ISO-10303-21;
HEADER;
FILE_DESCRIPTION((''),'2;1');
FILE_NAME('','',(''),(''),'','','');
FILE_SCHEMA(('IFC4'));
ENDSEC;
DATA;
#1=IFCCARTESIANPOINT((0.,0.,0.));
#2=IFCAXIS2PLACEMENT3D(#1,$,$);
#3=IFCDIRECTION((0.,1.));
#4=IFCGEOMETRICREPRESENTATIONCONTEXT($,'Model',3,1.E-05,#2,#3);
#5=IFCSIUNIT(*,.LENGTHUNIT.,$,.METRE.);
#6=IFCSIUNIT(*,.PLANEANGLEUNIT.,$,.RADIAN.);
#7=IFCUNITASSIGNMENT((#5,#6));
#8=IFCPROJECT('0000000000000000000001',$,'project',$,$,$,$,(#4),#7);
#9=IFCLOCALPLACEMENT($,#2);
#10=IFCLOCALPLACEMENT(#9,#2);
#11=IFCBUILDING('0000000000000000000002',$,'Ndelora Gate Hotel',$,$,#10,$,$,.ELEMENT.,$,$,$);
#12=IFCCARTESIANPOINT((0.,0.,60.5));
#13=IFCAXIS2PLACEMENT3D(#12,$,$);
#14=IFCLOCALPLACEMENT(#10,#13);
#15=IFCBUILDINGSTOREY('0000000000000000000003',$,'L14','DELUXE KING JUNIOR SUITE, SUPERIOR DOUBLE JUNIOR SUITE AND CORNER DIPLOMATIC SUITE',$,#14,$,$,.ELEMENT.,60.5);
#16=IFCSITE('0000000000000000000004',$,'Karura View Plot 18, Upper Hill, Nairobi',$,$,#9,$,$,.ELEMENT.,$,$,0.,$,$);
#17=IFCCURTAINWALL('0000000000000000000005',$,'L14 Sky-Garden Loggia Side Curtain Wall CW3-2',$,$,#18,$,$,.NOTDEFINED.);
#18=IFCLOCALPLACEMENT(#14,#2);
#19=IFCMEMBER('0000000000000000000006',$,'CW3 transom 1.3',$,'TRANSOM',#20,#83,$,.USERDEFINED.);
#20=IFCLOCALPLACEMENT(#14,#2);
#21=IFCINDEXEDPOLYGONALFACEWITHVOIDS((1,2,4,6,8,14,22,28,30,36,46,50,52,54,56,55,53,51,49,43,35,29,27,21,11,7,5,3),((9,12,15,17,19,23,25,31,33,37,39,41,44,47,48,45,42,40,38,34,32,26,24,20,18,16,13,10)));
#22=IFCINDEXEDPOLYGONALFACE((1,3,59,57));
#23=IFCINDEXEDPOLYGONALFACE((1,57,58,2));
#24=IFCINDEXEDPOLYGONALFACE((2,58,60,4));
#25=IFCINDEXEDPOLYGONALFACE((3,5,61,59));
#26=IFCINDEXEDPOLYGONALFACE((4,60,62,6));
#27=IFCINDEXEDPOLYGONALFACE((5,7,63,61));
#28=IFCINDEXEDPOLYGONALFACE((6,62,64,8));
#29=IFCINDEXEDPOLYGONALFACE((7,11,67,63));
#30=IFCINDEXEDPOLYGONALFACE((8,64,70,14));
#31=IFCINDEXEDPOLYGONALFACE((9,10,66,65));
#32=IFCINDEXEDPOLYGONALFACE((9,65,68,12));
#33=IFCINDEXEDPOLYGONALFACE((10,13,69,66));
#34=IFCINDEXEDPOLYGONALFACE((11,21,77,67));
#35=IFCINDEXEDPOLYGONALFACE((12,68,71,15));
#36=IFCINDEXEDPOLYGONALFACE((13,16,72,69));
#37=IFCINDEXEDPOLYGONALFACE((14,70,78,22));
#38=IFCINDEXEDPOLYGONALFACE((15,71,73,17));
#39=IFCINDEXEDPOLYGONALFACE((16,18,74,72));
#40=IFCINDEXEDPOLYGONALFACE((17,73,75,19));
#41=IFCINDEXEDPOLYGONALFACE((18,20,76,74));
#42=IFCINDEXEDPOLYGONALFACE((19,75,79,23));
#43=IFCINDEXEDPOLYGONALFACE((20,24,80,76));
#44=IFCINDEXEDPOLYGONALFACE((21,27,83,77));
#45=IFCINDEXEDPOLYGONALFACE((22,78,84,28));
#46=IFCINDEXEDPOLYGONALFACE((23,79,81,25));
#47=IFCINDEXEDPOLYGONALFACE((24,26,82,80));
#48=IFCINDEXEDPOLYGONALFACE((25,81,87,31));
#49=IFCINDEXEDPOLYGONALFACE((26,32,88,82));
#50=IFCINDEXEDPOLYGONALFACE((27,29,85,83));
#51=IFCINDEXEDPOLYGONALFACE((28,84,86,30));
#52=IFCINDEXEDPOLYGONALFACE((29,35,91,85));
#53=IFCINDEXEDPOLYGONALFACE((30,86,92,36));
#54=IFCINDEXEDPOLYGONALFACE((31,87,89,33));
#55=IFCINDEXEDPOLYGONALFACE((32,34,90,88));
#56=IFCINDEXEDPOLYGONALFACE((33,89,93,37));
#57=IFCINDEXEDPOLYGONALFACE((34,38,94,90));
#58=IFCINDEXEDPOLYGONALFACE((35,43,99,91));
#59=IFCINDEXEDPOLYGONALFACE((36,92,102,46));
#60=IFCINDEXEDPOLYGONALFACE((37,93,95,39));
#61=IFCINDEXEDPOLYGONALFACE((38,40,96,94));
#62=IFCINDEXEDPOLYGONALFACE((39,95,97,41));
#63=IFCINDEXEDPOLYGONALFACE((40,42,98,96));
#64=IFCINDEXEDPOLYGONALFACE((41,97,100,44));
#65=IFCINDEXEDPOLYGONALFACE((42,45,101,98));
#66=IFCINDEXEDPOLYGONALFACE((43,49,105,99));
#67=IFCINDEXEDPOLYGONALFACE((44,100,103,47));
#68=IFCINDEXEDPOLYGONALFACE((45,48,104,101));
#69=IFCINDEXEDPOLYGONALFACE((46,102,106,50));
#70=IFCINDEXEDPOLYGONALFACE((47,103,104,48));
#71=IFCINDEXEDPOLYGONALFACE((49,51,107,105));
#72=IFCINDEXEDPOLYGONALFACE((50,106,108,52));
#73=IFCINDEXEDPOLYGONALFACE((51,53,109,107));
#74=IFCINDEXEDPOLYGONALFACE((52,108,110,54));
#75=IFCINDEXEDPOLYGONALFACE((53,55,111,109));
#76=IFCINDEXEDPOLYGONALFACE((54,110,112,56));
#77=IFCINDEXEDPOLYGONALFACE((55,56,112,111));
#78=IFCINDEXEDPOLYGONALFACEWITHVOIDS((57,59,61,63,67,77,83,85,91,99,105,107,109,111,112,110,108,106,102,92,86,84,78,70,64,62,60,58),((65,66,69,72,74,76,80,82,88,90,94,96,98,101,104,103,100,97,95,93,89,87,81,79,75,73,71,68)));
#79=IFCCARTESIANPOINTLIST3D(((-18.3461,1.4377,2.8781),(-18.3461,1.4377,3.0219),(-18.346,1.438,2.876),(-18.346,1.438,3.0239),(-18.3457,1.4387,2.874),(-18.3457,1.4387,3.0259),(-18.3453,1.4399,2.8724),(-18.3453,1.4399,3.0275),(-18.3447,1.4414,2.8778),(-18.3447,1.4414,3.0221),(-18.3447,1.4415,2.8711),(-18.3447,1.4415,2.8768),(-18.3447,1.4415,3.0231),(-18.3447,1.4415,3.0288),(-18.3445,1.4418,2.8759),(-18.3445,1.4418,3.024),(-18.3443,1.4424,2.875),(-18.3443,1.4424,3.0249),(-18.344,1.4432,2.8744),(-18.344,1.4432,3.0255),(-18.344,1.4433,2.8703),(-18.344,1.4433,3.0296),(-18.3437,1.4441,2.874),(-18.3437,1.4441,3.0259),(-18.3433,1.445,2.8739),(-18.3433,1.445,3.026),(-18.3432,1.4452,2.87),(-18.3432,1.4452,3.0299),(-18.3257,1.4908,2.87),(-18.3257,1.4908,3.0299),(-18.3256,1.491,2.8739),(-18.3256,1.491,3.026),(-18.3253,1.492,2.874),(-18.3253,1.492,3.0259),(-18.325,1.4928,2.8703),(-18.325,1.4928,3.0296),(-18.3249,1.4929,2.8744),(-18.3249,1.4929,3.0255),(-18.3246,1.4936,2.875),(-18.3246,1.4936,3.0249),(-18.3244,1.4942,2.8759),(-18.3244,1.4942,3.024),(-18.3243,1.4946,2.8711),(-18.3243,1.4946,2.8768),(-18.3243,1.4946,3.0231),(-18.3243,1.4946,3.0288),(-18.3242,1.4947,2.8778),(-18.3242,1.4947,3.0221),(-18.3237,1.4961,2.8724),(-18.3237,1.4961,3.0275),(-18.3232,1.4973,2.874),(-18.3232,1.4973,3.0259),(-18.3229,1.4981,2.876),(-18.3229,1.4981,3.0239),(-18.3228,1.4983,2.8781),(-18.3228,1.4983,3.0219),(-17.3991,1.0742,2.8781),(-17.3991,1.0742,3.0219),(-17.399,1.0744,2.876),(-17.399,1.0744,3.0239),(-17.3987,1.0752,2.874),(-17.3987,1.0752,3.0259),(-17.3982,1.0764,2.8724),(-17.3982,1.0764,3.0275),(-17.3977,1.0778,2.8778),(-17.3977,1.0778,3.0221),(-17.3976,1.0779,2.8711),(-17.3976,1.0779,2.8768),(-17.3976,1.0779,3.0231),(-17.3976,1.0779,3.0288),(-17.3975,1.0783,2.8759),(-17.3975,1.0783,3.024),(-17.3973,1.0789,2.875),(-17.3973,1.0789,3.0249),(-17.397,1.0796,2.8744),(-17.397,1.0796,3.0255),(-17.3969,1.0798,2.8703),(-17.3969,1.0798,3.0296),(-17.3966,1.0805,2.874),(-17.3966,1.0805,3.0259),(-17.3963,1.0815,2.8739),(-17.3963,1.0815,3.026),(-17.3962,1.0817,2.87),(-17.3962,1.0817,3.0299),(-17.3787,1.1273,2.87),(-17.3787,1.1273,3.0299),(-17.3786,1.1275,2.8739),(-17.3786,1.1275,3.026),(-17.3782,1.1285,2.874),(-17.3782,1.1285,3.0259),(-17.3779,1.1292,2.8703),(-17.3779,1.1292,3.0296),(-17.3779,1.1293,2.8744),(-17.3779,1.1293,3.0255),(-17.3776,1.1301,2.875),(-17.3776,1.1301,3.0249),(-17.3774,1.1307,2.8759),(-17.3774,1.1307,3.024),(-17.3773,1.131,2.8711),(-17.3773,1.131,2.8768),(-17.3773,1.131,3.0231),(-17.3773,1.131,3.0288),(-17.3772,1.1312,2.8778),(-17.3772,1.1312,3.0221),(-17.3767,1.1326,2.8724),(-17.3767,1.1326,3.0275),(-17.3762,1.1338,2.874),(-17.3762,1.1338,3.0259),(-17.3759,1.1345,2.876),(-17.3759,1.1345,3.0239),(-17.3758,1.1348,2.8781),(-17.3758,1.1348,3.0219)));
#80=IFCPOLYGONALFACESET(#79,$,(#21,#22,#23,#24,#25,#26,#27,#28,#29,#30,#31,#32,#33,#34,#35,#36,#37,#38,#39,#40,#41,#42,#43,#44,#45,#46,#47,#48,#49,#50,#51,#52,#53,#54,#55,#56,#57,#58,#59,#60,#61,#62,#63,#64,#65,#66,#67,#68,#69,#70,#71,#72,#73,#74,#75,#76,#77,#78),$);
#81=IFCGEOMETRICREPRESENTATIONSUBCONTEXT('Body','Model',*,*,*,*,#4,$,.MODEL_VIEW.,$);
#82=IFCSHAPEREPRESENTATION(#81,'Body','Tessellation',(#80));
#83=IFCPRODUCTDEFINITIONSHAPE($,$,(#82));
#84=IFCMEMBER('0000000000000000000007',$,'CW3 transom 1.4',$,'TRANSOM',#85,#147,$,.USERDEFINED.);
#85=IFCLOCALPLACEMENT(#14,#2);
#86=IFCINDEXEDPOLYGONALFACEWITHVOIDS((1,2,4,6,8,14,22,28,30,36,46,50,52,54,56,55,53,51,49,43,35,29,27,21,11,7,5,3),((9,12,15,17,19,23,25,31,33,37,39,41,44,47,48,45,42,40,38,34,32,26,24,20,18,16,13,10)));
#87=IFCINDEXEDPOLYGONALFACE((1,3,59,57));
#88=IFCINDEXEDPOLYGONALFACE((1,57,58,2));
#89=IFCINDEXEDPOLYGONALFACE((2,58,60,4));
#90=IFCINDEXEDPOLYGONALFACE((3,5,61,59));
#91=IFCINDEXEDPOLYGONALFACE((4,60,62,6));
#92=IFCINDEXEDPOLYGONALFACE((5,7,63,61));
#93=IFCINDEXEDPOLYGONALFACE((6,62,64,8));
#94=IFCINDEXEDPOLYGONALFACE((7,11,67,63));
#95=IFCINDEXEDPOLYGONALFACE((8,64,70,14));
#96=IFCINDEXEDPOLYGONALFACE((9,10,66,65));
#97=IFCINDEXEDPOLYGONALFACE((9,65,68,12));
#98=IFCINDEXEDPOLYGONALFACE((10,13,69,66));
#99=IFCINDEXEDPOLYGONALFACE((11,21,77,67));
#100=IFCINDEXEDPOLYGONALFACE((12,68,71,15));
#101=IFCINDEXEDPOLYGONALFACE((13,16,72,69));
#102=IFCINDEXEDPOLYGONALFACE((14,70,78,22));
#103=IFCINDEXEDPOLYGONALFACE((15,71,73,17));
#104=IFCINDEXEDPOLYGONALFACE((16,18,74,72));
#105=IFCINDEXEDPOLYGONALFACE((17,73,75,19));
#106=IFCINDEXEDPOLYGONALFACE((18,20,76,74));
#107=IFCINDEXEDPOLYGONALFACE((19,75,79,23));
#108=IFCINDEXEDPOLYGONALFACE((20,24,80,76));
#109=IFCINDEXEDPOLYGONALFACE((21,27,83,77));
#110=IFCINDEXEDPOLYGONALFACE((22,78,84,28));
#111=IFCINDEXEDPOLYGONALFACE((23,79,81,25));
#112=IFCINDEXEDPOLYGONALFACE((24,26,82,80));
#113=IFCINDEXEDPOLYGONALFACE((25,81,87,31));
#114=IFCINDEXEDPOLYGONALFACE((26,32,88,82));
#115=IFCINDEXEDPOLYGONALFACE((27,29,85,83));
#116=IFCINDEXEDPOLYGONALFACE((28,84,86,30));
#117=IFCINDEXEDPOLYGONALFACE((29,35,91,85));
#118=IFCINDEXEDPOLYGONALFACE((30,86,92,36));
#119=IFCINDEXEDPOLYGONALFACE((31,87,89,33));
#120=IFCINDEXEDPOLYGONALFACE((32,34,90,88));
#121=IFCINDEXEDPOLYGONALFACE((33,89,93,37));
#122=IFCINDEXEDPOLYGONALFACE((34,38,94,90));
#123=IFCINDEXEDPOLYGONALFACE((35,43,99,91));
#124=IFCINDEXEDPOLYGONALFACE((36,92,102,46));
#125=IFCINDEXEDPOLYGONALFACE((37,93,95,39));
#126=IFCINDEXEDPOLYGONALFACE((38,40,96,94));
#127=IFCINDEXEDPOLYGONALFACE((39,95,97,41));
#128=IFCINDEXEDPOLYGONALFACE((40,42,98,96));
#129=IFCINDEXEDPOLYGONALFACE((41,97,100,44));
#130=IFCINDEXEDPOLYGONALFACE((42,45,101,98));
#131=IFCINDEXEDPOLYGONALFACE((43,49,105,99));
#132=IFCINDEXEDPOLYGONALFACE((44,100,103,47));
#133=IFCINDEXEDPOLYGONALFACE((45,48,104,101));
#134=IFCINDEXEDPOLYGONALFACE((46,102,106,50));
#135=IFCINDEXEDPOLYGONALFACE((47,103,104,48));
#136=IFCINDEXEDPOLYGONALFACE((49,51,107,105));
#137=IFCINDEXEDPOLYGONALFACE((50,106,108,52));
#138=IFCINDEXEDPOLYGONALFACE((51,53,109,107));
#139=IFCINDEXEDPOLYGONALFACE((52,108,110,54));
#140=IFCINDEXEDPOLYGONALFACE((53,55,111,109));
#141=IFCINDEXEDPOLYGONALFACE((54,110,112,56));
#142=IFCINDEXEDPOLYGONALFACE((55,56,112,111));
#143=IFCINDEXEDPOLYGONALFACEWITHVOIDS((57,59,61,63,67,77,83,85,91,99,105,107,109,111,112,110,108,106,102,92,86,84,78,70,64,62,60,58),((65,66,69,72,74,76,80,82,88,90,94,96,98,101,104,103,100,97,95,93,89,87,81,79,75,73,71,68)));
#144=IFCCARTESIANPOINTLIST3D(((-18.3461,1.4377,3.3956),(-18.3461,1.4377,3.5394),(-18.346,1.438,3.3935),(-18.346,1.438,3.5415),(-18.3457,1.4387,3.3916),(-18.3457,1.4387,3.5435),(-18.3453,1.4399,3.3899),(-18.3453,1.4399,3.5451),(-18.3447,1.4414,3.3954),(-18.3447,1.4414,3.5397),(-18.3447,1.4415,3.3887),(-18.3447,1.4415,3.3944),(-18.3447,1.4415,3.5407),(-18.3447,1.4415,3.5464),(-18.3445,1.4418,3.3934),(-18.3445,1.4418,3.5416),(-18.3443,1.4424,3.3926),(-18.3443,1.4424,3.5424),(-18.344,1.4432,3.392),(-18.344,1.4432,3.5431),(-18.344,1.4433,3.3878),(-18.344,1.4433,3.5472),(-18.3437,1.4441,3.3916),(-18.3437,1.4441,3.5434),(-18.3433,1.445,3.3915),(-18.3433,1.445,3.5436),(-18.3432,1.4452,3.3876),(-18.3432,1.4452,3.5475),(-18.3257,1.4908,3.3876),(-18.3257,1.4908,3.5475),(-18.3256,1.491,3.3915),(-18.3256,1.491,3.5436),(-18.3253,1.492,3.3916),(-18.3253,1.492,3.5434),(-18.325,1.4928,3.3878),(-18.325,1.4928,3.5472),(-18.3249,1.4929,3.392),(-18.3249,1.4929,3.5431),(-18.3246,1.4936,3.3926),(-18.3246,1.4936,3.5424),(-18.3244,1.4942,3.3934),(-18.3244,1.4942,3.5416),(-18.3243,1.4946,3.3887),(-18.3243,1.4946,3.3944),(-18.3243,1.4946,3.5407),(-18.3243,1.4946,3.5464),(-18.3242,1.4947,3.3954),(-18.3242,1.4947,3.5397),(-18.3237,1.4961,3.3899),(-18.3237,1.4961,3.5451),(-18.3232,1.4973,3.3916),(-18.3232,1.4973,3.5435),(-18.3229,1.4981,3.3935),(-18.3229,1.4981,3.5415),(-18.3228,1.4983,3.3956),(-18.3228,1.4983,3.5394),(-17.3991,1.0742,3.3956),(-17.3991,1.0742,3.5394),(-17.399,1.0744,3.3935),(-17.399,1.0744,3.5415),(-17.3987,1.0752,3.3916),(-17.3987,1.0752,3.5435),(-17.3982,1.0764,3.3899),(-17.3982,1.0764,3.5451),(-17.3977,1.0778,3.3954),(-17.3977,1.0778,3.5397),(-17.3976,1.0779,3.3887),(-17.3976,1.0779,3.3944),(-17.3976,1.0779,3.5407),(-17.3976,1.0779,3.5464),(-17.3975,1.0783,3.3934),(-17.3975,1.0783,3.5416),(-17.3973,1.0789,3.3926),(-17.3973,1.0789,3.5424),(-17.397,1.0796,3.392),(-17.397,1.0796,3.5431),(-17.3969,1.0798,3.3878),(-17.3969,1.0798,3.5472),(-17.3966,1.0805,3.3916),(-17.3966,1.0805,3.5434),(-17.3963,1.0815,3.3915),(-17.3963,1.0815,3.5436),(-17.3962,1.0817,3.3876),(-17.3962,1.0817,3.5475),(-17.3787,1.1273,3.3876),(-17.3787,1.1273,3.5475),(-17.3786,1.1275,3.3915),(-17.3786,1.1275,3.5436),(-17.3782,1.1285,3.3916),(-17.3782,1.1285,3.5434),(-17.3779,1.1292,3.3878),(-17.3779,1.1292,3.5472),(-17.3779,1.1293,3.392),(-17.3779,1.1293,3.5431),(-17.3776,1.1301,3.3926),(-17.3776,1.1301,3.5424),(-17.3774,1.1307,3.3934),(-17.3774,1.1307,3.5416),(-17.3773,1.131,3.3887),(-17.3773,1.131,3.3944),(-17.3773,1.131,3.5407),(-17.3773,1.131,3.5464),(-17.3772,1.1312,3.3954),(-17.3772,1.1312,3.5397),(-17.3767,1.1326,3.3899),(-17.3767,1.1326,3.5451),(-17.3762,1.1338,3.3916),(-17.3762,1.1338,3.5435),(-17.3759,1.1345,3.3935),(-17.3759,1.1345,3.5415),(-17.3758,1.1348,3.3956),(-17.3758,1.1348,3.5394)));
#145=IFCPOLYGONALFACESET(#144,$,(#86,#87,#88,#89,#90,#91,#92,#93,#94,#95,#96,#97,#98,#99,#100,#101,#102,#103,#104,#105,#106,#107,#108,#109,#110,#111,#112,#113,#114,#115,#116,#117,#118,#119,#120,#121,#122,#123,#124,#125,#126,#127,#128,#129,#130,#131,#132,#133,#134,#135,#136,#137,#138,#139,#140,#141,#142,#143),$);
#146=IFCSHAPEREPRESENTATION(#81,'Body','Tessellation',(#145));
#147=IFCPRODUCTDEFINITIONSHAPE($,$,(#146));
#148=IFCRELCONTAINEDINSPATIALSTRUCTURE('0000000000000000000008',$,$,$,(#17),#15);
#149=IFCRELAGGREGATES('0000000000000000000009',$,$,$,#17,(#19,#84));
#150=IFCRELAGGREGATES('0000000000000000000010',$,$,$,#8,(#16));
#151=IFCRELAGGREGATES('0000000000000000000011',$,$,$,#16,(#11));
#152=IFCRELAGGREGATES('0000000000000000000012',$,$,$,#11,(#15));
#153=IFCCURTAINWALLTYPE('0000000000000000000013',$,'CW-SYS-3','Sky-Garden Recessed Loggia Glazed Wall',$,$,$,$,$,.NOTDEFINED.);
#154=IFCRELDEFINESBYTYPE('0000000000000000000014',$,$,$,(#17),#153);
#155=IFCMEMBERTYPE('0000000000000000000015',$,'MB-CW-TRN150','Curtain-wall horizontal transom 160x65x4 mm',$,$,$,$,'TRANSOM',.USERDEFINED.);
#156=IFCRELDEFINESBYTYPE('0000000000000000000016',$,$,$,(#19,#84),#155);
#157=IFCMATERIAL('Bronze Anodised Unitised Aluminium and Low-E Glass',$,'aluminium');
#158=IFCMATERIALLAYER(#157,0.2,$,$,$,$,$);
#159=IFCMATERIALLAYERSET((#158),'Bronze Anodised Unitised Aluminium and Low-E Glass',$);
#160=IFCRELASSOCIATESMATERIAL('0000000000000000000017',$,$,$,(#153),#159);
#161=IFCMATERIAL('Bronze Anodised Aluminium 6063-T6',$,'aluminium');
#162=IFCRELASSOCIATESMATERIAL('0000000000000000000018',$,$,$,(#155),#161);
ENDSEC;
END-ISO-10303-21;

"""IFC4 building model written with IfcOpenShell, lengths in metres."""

from ifc_helpers import new_model, si_unit, direction, frame, origin, origin_2d, place, context, subcontext, project, spatial, hollow_rectangle, extrude, material, layer, layer_set, material_profile, profile_set, type_object, element, aggregate, save


model = new_model("IFC4")

# Units and contexts
model_context = context("Model", 3, precision=1e-05, world=origin(), true_north=direction((0.0, 1.0)))
body_context = subcontext(model_context, "Body", "Model", "MODEL_VIEW")
ifc_project = project(units=[si_unit("LENGTHUNIT", "METRE"), si_unit("PLANEANGLEUNIT", "RADIAN")], contexts=[model_context])

# Site, building, storey
site_placement = place(None, origin())
site = spatial("IfcSite", under=ifc_project, at=site_placement, Name="Karura View Plot 18, Upper Hill, Nairobi", CompositionType="ELEMENT", RefElevation=0.0)
building_placement = place(site_placement, origin())
building = spatial("IfcBuilding", under=site, at=building_placement, Name="Ndelora Gate Hotel", CompositionType="ELEMENT")
storey_placement = place(building_placement, frame((0.0, 0.0, 60.5)))
storey = spatial("IfcBuildingStorey", under=building, at=storey_placement, Name="L14", Description="DELUXE KING JUNIOR SUITE, SUPERIOR DOUBLE JUNIOR SUITE AND CORNER DIPLOMATIC SUITE", CompositionType="ELEMENT", Elevation=60.5)

# Curtain wall, members
ifc_material_1 = material(Name="Bronze Anodised Unitised Aluminium and Low-E Glass", Category="aluminium")
ifc_layer_1 = layer(ifc_material_1, 0.2)
ifc_layer_set_1 = layer_set([ifc_layer_1], Name="Bronze Anodised Unitised Aluminium and Low-E Glass")
curtain_wall_type = type_object("IfcCurtainWallType", Name="CW-SYS-3", Description="Sky-Garden Recessed Loggia Glazed Wall", PredefinedType="NOTDEFINED", material=ifc_layer_set_1)
curtain_wall_placement = place(storey_placement, origin())
curtain_wall = element("IfcCurtainWall", 1, at=curtain_wall_placement, inside=storey, type_object=curtain_wall_type, Name="L14 Sky-Garden Loggia Side Curtain Wall CW3-2", PredefinedType="NOTDEFINED")
ifc_material_2 = material(Name="Bronze Anodised Aluminium 6063-T6", Category="aluminium")
ifc_material_profile_1 = material_profile(ifc_material_2, hollow_rectangle(XDim=0.0649, YDim=0.1599, WallThickness=0.0039, InnerFilletRadius=0.0039, OuterFilletRadius=0.0081, at=origin_2d()), Name="ALU 160x65x4")
ifc_profile_set_1 = profile_set([ifc_material_profile_1], Name="Bronze Anodised Aluminium 6063-T6")
member_type_1 = type_object("IfcMemberType", Name="MB-CW-TRN150", Description="Curtain-wall horizontal transom 160x65x4 mm", ElementType="TRANSOM", PredefinedType="USERDEFINED", material=ifc_profile_set_1)
member_1_placement = place(storey_placement, frame((-18.3345, 1.468, 2.95), z_axis=(0.933581, -0.358366, 0.0), x_axis=(0.358366, 0.933581, 0.0)))
member_1 = element("IfcMember", 2, at=member_1_placement, type_object=member_type_1, Name="CW3 transom 1.3", ObjectType="TRANSOM", PredefinedType="USERDEFINED", context=body_context, shape_type="SweptSolid", body=[
    extrude(hollow_rectangle(XDim=0.0649, YDim=0.1599, WallThickness=0.0039, InnerFilletRadius=0.0039, OuterFilletRadius=0.0081, at=origin_2d()), origin(), (0.0, 0.0, 1.0), 1.0144),
])
member_2_placement = place(storey_placement, frame((-18.3345, 1.468, 3.4675), z_axis=(0.933581, -0.358366, 0.0), x_axis=(0.358366, 0.933581, 0.0)))
member_2 = element("IfcMember", 3, at=member_2_placement, type_object=member_type_1, Name="CW3 transom 1.4", ObjectType="TRANSOM", PredefinedType="USERDEFINED", context=body_context, shape_type="SweptSolid", body=[
    extrude(hollow_rectangle(XDim=0.0649, YDim=0.1599, WallThickness=0.0039, InnerFilletRadius=0.0039, OuterFilletRadius=0.0081, at=origin_2d()), origin(), (0.0, 0.0, 1.0), 1.0144),
])
aggregate(curtain_wall, [member_1, member_2])

save(model, "model.ifc")
